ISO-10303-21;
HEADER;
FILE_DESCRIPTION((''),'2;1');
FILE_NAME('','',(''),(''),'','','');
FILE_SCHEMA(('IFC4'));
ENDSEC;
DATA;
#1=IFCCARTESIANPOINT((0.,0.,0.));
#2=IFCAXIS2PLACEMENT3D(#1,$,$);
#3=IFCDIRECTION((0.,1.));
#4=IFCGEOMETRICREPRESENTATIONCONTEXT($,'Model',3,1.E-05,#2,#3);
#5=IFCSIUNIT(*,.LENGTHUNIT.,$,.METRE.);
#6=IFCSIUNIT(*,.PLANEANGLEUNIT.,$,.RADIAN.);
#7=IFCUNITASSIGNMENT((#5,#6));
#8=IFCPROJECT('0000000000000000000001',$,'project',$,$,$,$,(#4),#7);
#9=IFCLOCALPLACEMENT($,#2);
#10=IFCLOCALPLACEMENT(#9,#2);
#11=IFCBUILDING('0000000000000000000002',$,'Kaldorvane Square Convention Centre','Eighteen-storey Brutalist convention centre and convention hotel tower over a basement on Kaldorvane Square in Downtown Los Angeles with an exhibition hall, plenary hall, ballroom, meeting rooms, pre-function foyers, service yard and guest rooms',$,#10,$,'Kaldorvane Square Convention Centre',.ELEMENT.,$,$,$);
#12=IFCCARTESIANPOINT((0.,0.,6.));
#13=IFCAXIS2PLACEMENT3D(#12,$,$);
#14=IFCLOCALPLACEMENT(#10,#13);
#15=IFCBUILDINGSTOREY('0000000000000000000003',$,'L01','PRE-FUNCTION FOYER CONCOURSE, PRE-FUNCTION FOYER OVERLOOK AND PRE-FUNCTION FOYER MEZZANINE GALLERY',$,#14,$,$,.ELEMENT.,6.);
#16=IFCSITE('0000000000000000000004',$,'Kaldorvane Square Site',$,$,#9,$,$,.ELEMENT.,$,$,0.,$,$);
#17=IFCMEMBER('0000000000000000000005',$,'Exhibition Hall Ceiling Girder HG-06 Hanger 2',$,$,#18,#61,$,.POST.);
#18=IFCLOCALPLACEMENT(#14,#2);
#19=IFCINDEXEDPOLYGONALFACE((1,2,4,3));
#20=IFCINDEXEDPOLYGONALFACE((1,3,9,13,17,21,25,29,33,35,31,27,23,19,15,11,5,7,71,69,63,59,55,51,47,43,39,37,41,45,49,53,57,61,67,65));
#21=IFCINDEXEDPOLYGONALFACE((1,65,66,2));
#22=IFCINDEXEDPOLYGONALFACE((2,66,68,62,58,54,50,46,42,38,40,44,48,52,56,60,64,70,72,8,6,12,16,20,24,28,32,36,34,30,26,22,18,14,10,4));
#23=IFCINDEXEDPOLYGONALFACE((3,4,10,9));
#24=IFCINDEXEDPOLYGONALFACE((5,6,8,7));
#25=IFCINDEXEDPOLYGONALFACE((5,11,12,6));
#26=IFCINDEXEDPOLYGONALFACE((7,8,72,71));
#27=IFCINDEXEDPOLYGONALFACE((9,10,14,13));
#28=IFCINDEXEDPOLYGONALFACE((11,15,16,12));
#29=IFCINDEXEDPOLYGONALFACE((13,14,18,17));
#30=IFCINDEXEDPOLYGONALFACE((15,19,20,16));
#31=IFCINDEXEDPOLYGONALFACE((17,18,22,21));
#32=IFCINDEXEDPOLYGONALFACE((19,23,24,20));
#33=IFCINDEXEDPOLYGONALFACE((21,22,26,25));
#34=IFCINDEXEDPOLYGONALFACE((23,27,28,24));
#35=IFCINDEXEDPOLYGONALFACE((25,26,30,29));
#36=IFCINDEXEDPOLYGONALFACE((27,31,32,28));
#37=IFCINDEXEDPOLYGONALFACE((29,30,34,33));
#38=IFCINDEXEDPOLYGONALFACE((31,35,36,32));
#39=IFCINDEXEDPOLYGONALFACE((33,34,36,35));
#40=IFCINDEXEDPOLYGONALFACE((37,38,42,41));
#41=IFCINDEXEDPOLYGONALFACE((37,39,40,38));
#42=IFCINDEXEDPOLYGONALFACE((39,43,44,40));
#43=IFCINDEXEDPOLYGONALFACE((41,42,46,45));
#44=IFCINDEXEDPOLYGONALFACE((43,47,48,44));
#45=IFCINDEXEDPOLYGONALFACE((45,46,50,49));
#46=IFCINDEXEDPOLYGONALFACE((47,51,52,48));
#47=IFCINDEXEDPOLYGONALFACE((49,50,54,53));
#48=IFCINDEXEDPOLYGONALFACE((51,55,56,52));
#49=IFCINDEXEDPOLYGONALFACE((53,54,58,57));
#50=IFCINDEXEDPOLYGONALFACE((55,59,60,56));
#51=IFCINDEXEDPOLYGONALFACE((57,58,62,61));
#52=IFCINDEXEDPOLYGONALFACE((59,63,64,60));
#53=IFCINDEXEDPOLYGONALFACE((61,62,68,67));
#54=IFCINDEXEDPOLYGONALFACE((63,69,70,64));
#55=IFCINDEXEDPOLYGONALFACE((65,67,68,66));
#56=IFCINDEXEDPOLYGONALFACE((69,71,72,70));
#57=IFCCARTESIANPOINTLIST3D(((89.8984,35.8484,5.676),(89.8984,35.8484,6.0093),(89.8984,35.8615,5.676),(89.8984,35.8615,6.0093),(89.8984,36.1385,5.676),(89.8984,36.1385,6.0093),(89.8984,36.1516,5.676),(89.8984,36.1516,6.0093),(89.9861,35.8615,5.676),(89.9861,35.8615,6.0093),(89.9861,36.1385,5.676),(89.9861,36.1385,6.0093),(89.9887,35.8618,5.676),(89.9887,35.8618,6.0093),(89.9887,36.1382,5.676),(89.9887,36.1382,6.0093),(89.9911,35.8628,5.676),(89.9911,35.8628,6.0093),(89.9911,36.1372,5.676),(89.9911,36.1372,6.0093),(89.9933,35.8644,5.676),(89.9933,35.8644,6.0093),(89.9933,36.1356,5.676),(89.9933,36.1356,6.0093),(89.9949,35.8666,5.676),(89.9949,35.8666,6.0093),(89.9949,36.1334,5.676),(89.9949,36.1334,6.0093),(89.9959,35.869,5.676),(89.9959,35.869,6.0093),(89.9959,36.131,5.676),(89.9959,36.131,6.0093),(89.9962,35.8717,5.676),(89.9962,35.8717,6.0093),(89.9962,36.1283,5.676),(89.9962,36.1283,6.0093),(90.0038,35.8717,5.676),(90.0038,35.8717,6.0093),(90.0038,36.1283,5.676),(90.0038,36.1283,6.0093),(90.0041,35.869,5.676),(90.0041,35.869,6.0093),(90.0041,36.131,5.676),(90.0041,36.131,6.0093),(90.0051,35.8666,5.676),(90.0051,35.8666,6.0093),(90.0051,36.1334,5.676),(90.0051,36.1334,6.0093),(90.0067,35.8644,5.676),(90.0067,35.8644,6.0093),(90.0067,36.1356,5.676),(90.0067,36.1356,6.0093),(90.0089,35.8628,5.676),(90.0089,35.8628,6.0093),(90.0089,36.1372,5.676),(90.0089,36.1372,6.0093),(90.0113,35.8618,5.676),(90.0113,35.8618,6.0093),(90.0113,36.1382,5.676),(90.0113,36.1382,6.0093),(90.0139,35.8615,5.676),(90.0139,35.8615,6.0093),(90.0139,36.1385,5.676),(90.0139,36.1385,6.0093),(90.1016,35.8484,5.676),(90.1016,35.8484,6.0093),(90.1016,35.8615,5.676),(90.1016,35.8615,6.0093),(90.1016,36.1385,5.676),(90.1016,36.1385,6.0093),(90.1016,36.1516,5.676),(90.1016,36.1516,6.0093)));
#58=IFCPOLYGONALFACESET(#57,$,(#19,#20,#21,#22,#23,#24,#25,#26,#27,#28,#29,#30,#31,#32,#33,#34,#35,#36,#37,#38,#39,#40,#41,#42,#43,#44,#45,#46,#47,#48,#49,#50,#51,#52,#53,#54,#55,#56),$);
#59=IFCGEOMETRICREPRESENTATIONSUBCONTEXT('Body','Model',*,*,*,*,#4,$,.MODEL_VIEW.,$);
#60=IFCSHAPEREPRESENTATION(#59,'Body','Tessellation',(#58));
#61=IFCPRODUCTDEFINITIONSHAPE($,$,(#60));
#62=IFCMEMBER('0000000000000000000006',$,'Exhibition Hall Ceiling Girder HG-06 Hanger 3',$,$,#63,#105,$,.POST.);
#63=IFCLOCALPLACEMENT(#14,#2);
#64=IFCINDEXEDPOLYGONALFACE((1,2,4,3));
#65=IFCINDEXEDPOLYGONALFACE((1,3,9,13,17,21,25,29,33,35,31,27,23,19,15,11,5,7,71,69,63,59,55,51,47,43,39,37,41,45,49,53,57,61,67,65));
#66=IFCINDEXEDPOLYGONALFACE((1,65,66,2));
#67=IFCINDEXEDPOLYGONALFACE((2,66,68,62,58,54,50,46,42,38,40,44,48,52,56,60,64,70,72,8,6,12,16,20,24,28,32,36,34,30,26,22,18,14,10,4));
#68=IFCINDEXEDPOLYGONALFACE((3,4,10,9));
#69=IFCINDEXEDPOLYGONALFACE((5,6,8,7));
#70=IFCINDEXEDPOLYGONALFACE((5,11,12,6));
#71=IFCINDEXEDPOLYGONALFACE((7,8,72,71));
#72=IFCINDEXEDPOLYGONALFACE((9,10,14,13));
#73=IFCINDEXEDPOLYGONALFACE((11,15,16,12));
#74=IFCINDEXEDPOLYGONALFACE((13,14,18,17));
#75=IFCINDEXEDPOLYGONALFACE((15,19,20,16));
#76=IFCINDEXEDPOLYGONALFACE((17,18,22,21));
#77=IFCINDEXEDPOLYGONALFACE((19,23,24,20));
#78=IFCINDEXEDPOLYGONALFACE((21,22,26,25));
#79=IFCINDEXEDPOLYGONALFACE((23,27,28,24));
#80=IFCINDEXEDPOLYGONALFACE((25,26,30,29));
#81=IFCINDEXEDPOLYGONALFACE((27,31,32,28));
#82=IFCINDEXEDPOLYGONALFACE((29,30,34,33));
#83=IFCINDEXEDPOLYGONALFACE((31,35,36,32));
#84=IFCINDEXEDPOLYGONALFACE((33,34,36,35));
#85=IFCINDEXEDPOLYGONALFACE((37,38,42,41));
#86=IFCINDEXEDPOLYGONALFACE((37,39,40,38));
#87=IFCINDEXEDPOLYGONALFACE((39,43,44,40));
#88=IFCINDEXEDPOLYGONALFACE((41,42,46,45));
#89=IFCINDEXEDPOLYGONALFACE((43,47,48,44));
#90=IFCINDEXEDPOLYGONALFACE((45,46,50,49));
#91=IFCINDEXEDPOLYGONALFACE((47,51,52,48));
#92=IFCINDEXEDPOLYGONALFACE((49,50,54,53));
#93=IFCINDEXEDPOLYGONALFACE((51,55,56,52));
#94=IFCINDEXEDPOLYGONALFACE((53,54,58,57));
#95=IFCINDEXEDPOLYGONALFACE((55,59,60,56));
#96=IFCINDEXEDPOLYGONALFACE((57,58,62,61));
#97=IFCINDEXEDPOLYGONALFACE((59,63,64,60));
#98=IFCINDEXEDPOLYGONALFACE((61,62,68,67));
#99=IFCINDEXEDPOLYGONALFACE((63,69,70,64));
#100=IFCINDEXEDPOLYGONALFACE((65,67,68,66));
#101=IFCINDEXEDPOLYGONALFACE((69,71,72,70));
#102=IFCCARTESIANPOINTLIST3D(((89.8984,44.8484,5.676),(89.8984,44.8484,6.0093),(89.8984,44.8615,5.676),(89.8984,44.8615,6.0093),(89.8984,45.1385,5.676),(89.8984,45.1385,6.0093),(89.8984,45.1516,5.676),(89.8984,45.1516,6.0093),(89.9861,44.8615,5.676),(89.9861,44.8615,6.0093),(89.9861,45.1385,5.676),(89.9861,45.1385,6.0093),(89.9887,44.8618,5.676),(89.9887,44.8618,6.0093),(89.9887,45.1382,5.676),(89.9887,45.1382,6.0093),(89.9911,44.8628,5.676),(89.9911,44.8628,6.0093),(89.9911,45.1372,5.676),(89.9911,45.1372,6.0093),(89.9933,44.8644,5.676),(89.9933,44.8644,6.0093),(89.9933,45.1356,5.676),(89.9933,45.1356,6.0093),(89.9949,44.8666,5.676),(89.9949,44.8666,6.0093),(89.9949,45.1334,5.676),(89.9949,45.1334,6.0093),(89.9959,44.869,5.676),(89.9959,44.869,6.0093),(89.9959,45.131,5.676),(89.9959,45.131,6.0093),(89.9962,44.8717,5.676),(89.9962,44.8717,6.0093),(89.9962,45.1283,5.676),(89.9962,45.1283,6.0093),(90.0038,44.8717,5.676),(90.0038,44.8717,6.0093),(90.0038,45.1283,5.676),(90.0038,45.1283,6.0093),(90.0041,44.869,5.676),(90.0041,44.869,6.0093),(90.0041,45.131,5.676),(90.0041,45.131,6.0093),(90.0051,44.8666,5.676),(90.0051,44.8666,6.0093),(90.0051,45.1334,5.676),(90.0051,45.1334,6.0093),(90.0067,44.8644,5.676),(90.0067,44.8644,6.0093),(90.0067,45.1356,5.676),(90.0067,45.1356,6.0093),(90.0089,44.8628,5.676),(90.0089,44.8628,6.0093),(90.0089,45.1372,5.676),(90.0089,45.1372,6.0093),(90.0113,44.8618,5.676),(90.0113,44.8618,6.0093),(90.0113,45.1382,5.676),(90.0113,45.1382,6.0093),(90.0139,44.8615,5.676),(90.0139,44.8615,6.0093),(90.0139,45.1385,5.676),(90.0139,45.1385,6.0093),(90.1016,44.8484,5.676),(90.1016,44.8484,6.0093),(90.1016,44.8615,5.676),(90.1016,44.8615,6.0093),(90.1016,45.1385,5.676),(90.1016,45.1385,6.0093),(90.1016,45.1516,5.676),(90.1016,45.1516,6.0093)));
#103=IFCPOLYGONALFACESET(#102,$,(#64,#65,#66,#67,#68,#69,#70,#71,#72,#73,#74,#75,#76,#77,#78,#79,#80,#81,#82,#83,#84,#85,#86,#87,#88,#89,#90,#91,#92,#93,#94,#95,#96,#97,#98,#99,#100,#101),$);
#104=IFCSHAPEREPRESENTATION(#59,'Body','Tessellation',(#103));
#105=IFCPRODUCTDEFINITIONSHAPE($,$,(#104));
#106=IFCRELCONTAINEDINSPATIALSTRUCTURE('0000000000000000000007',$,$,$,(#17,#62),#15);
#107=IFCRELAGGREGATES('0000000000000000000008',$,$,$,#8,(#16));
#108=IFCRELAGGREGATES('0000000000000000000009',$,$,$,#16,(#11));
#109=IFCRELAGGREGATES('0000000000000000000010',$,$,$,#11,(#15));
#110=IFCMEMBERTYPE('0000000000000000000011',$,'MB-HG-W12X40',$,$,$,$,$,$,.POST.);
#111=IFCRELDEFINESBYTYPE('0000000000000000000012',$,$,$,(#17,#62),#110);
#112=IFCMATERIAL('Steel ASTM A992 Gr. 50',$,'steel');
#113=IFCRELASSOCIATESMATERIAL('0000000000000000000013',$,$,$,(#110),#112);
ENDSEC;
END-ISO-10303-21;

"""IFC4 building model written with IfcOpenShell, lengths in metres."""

from ifc_helpers import new_model, si_unit, direction, frame, origin, origin_2d, place, context, subcontext, project, spatial, i_section, extrude, material, material_profile, profile_set, type_object, element, save


model = new_model("IFC4")

# Units and contexts
model_context = context("Model", 3, precision=1e-05, world=origin(), true_north=direction((0.0, 1.0)))
body_context = subcontext(model_context, "Body", "Model", "MODEL_VIEW")
ifc_project = project(units=[si_unit("LENGTHUNIT", "METRE"), si_unit("PLANEANGLEUNIT", "RADIAN")], contexts=[model_context])

# Site, building, storey
site_placement = place(None, origin())
site = spatial("IfcSite", under=ifc_project, at=site_placement, Name="Kaldorvane Square Site", CompositionType="ELEMENT", RefElevation=0.0)
building_placement = place(site_placement, origin())
building = spatial("IfcBuilding", under=site, at=building_placement, Name="Kaldorvane Square Convention Centre", Description="Eighteen-storey Brutalist convention centre and convention hotel tower over a basement on Kaldorvane Square in Downtown Los Angeles with an exhibition hall, plenary hall, ballroom, meeting rooms, pre-function foyers, service yard and guest rooms", LongName="Kaldorvane Square Convention Centre", CompositionType="ELEMENT")
storey_placement = place(building_placement, frame((0.0, 0.0, 6.0)))
storey = spatial("IfcBuildingStorey", under=building, at=storey_placement, Name="L01", Description="PRE-FUNCTION FOYER CONCOURSE, PRE-FUNCTION FOYER OVERLOOK AND PRE-FUNCTION FOYER MEZZANINE GALLERY", CompositionType="ELEMENT", Elevation=6.0)

# Shared definitions
ifc_material_1 = material(Name="Steel ASTM A992 Gr. 50", Category="steel")

# Members
ifc_material_profile_1 = material_profile(ifc_material_1, i_section(OverallWidth=0.2033, OverallDepth=0.3033, WebThickness=0.0075, FlangeThickness=0.0131, FilletRadius=0.0102, at=origin_2d()), Name="W12X40")
ifc_profile_set_1 = profile_set([ifc_material_profile_1], Name="Steel ASTM A992 Gr. 50")
member_type = type_object("IfcMemberType", Name="MB-HG-W12X40", PredefinedType="POST", material=ifc_profile_set_1)
for number, where, z_axis, x_axis, name in (
    (1, (90.0, 36.0, 5.676), (0.0, 0.0, 1.0), (1.0, 0.0, 0.0), "Exhibition Hall Ceiling Girder HG-06 Hanger 2"),
    (2, (90.0, 45.0, 5.676), (0.0, 0.0, 1.0), (1.0, 0.0, 0.0), "Exhibition Hall Ceiling Girder HG-06 Hanger 3"),
):
    element("IfcMember", number, at=place(storey_placement, frame(where, z_axis=z_axis, x_axis=x_axis)), inside=storey, type_object=member_type, Name=name, PredefinedType="POST", context=body_context, shape_type="SweptSolid", body=[
        extrude(i_section(OverallWidth=0.2033, OverallDepth=0.3033, WebThickness=0.0075, FlangeThickness=0.0131, FilletRadius=0.0102, at=origin_2d()), origin(), (0.0, 0.0, 1.0), 0.3333),
    ])

save(model, "model.ifc")
